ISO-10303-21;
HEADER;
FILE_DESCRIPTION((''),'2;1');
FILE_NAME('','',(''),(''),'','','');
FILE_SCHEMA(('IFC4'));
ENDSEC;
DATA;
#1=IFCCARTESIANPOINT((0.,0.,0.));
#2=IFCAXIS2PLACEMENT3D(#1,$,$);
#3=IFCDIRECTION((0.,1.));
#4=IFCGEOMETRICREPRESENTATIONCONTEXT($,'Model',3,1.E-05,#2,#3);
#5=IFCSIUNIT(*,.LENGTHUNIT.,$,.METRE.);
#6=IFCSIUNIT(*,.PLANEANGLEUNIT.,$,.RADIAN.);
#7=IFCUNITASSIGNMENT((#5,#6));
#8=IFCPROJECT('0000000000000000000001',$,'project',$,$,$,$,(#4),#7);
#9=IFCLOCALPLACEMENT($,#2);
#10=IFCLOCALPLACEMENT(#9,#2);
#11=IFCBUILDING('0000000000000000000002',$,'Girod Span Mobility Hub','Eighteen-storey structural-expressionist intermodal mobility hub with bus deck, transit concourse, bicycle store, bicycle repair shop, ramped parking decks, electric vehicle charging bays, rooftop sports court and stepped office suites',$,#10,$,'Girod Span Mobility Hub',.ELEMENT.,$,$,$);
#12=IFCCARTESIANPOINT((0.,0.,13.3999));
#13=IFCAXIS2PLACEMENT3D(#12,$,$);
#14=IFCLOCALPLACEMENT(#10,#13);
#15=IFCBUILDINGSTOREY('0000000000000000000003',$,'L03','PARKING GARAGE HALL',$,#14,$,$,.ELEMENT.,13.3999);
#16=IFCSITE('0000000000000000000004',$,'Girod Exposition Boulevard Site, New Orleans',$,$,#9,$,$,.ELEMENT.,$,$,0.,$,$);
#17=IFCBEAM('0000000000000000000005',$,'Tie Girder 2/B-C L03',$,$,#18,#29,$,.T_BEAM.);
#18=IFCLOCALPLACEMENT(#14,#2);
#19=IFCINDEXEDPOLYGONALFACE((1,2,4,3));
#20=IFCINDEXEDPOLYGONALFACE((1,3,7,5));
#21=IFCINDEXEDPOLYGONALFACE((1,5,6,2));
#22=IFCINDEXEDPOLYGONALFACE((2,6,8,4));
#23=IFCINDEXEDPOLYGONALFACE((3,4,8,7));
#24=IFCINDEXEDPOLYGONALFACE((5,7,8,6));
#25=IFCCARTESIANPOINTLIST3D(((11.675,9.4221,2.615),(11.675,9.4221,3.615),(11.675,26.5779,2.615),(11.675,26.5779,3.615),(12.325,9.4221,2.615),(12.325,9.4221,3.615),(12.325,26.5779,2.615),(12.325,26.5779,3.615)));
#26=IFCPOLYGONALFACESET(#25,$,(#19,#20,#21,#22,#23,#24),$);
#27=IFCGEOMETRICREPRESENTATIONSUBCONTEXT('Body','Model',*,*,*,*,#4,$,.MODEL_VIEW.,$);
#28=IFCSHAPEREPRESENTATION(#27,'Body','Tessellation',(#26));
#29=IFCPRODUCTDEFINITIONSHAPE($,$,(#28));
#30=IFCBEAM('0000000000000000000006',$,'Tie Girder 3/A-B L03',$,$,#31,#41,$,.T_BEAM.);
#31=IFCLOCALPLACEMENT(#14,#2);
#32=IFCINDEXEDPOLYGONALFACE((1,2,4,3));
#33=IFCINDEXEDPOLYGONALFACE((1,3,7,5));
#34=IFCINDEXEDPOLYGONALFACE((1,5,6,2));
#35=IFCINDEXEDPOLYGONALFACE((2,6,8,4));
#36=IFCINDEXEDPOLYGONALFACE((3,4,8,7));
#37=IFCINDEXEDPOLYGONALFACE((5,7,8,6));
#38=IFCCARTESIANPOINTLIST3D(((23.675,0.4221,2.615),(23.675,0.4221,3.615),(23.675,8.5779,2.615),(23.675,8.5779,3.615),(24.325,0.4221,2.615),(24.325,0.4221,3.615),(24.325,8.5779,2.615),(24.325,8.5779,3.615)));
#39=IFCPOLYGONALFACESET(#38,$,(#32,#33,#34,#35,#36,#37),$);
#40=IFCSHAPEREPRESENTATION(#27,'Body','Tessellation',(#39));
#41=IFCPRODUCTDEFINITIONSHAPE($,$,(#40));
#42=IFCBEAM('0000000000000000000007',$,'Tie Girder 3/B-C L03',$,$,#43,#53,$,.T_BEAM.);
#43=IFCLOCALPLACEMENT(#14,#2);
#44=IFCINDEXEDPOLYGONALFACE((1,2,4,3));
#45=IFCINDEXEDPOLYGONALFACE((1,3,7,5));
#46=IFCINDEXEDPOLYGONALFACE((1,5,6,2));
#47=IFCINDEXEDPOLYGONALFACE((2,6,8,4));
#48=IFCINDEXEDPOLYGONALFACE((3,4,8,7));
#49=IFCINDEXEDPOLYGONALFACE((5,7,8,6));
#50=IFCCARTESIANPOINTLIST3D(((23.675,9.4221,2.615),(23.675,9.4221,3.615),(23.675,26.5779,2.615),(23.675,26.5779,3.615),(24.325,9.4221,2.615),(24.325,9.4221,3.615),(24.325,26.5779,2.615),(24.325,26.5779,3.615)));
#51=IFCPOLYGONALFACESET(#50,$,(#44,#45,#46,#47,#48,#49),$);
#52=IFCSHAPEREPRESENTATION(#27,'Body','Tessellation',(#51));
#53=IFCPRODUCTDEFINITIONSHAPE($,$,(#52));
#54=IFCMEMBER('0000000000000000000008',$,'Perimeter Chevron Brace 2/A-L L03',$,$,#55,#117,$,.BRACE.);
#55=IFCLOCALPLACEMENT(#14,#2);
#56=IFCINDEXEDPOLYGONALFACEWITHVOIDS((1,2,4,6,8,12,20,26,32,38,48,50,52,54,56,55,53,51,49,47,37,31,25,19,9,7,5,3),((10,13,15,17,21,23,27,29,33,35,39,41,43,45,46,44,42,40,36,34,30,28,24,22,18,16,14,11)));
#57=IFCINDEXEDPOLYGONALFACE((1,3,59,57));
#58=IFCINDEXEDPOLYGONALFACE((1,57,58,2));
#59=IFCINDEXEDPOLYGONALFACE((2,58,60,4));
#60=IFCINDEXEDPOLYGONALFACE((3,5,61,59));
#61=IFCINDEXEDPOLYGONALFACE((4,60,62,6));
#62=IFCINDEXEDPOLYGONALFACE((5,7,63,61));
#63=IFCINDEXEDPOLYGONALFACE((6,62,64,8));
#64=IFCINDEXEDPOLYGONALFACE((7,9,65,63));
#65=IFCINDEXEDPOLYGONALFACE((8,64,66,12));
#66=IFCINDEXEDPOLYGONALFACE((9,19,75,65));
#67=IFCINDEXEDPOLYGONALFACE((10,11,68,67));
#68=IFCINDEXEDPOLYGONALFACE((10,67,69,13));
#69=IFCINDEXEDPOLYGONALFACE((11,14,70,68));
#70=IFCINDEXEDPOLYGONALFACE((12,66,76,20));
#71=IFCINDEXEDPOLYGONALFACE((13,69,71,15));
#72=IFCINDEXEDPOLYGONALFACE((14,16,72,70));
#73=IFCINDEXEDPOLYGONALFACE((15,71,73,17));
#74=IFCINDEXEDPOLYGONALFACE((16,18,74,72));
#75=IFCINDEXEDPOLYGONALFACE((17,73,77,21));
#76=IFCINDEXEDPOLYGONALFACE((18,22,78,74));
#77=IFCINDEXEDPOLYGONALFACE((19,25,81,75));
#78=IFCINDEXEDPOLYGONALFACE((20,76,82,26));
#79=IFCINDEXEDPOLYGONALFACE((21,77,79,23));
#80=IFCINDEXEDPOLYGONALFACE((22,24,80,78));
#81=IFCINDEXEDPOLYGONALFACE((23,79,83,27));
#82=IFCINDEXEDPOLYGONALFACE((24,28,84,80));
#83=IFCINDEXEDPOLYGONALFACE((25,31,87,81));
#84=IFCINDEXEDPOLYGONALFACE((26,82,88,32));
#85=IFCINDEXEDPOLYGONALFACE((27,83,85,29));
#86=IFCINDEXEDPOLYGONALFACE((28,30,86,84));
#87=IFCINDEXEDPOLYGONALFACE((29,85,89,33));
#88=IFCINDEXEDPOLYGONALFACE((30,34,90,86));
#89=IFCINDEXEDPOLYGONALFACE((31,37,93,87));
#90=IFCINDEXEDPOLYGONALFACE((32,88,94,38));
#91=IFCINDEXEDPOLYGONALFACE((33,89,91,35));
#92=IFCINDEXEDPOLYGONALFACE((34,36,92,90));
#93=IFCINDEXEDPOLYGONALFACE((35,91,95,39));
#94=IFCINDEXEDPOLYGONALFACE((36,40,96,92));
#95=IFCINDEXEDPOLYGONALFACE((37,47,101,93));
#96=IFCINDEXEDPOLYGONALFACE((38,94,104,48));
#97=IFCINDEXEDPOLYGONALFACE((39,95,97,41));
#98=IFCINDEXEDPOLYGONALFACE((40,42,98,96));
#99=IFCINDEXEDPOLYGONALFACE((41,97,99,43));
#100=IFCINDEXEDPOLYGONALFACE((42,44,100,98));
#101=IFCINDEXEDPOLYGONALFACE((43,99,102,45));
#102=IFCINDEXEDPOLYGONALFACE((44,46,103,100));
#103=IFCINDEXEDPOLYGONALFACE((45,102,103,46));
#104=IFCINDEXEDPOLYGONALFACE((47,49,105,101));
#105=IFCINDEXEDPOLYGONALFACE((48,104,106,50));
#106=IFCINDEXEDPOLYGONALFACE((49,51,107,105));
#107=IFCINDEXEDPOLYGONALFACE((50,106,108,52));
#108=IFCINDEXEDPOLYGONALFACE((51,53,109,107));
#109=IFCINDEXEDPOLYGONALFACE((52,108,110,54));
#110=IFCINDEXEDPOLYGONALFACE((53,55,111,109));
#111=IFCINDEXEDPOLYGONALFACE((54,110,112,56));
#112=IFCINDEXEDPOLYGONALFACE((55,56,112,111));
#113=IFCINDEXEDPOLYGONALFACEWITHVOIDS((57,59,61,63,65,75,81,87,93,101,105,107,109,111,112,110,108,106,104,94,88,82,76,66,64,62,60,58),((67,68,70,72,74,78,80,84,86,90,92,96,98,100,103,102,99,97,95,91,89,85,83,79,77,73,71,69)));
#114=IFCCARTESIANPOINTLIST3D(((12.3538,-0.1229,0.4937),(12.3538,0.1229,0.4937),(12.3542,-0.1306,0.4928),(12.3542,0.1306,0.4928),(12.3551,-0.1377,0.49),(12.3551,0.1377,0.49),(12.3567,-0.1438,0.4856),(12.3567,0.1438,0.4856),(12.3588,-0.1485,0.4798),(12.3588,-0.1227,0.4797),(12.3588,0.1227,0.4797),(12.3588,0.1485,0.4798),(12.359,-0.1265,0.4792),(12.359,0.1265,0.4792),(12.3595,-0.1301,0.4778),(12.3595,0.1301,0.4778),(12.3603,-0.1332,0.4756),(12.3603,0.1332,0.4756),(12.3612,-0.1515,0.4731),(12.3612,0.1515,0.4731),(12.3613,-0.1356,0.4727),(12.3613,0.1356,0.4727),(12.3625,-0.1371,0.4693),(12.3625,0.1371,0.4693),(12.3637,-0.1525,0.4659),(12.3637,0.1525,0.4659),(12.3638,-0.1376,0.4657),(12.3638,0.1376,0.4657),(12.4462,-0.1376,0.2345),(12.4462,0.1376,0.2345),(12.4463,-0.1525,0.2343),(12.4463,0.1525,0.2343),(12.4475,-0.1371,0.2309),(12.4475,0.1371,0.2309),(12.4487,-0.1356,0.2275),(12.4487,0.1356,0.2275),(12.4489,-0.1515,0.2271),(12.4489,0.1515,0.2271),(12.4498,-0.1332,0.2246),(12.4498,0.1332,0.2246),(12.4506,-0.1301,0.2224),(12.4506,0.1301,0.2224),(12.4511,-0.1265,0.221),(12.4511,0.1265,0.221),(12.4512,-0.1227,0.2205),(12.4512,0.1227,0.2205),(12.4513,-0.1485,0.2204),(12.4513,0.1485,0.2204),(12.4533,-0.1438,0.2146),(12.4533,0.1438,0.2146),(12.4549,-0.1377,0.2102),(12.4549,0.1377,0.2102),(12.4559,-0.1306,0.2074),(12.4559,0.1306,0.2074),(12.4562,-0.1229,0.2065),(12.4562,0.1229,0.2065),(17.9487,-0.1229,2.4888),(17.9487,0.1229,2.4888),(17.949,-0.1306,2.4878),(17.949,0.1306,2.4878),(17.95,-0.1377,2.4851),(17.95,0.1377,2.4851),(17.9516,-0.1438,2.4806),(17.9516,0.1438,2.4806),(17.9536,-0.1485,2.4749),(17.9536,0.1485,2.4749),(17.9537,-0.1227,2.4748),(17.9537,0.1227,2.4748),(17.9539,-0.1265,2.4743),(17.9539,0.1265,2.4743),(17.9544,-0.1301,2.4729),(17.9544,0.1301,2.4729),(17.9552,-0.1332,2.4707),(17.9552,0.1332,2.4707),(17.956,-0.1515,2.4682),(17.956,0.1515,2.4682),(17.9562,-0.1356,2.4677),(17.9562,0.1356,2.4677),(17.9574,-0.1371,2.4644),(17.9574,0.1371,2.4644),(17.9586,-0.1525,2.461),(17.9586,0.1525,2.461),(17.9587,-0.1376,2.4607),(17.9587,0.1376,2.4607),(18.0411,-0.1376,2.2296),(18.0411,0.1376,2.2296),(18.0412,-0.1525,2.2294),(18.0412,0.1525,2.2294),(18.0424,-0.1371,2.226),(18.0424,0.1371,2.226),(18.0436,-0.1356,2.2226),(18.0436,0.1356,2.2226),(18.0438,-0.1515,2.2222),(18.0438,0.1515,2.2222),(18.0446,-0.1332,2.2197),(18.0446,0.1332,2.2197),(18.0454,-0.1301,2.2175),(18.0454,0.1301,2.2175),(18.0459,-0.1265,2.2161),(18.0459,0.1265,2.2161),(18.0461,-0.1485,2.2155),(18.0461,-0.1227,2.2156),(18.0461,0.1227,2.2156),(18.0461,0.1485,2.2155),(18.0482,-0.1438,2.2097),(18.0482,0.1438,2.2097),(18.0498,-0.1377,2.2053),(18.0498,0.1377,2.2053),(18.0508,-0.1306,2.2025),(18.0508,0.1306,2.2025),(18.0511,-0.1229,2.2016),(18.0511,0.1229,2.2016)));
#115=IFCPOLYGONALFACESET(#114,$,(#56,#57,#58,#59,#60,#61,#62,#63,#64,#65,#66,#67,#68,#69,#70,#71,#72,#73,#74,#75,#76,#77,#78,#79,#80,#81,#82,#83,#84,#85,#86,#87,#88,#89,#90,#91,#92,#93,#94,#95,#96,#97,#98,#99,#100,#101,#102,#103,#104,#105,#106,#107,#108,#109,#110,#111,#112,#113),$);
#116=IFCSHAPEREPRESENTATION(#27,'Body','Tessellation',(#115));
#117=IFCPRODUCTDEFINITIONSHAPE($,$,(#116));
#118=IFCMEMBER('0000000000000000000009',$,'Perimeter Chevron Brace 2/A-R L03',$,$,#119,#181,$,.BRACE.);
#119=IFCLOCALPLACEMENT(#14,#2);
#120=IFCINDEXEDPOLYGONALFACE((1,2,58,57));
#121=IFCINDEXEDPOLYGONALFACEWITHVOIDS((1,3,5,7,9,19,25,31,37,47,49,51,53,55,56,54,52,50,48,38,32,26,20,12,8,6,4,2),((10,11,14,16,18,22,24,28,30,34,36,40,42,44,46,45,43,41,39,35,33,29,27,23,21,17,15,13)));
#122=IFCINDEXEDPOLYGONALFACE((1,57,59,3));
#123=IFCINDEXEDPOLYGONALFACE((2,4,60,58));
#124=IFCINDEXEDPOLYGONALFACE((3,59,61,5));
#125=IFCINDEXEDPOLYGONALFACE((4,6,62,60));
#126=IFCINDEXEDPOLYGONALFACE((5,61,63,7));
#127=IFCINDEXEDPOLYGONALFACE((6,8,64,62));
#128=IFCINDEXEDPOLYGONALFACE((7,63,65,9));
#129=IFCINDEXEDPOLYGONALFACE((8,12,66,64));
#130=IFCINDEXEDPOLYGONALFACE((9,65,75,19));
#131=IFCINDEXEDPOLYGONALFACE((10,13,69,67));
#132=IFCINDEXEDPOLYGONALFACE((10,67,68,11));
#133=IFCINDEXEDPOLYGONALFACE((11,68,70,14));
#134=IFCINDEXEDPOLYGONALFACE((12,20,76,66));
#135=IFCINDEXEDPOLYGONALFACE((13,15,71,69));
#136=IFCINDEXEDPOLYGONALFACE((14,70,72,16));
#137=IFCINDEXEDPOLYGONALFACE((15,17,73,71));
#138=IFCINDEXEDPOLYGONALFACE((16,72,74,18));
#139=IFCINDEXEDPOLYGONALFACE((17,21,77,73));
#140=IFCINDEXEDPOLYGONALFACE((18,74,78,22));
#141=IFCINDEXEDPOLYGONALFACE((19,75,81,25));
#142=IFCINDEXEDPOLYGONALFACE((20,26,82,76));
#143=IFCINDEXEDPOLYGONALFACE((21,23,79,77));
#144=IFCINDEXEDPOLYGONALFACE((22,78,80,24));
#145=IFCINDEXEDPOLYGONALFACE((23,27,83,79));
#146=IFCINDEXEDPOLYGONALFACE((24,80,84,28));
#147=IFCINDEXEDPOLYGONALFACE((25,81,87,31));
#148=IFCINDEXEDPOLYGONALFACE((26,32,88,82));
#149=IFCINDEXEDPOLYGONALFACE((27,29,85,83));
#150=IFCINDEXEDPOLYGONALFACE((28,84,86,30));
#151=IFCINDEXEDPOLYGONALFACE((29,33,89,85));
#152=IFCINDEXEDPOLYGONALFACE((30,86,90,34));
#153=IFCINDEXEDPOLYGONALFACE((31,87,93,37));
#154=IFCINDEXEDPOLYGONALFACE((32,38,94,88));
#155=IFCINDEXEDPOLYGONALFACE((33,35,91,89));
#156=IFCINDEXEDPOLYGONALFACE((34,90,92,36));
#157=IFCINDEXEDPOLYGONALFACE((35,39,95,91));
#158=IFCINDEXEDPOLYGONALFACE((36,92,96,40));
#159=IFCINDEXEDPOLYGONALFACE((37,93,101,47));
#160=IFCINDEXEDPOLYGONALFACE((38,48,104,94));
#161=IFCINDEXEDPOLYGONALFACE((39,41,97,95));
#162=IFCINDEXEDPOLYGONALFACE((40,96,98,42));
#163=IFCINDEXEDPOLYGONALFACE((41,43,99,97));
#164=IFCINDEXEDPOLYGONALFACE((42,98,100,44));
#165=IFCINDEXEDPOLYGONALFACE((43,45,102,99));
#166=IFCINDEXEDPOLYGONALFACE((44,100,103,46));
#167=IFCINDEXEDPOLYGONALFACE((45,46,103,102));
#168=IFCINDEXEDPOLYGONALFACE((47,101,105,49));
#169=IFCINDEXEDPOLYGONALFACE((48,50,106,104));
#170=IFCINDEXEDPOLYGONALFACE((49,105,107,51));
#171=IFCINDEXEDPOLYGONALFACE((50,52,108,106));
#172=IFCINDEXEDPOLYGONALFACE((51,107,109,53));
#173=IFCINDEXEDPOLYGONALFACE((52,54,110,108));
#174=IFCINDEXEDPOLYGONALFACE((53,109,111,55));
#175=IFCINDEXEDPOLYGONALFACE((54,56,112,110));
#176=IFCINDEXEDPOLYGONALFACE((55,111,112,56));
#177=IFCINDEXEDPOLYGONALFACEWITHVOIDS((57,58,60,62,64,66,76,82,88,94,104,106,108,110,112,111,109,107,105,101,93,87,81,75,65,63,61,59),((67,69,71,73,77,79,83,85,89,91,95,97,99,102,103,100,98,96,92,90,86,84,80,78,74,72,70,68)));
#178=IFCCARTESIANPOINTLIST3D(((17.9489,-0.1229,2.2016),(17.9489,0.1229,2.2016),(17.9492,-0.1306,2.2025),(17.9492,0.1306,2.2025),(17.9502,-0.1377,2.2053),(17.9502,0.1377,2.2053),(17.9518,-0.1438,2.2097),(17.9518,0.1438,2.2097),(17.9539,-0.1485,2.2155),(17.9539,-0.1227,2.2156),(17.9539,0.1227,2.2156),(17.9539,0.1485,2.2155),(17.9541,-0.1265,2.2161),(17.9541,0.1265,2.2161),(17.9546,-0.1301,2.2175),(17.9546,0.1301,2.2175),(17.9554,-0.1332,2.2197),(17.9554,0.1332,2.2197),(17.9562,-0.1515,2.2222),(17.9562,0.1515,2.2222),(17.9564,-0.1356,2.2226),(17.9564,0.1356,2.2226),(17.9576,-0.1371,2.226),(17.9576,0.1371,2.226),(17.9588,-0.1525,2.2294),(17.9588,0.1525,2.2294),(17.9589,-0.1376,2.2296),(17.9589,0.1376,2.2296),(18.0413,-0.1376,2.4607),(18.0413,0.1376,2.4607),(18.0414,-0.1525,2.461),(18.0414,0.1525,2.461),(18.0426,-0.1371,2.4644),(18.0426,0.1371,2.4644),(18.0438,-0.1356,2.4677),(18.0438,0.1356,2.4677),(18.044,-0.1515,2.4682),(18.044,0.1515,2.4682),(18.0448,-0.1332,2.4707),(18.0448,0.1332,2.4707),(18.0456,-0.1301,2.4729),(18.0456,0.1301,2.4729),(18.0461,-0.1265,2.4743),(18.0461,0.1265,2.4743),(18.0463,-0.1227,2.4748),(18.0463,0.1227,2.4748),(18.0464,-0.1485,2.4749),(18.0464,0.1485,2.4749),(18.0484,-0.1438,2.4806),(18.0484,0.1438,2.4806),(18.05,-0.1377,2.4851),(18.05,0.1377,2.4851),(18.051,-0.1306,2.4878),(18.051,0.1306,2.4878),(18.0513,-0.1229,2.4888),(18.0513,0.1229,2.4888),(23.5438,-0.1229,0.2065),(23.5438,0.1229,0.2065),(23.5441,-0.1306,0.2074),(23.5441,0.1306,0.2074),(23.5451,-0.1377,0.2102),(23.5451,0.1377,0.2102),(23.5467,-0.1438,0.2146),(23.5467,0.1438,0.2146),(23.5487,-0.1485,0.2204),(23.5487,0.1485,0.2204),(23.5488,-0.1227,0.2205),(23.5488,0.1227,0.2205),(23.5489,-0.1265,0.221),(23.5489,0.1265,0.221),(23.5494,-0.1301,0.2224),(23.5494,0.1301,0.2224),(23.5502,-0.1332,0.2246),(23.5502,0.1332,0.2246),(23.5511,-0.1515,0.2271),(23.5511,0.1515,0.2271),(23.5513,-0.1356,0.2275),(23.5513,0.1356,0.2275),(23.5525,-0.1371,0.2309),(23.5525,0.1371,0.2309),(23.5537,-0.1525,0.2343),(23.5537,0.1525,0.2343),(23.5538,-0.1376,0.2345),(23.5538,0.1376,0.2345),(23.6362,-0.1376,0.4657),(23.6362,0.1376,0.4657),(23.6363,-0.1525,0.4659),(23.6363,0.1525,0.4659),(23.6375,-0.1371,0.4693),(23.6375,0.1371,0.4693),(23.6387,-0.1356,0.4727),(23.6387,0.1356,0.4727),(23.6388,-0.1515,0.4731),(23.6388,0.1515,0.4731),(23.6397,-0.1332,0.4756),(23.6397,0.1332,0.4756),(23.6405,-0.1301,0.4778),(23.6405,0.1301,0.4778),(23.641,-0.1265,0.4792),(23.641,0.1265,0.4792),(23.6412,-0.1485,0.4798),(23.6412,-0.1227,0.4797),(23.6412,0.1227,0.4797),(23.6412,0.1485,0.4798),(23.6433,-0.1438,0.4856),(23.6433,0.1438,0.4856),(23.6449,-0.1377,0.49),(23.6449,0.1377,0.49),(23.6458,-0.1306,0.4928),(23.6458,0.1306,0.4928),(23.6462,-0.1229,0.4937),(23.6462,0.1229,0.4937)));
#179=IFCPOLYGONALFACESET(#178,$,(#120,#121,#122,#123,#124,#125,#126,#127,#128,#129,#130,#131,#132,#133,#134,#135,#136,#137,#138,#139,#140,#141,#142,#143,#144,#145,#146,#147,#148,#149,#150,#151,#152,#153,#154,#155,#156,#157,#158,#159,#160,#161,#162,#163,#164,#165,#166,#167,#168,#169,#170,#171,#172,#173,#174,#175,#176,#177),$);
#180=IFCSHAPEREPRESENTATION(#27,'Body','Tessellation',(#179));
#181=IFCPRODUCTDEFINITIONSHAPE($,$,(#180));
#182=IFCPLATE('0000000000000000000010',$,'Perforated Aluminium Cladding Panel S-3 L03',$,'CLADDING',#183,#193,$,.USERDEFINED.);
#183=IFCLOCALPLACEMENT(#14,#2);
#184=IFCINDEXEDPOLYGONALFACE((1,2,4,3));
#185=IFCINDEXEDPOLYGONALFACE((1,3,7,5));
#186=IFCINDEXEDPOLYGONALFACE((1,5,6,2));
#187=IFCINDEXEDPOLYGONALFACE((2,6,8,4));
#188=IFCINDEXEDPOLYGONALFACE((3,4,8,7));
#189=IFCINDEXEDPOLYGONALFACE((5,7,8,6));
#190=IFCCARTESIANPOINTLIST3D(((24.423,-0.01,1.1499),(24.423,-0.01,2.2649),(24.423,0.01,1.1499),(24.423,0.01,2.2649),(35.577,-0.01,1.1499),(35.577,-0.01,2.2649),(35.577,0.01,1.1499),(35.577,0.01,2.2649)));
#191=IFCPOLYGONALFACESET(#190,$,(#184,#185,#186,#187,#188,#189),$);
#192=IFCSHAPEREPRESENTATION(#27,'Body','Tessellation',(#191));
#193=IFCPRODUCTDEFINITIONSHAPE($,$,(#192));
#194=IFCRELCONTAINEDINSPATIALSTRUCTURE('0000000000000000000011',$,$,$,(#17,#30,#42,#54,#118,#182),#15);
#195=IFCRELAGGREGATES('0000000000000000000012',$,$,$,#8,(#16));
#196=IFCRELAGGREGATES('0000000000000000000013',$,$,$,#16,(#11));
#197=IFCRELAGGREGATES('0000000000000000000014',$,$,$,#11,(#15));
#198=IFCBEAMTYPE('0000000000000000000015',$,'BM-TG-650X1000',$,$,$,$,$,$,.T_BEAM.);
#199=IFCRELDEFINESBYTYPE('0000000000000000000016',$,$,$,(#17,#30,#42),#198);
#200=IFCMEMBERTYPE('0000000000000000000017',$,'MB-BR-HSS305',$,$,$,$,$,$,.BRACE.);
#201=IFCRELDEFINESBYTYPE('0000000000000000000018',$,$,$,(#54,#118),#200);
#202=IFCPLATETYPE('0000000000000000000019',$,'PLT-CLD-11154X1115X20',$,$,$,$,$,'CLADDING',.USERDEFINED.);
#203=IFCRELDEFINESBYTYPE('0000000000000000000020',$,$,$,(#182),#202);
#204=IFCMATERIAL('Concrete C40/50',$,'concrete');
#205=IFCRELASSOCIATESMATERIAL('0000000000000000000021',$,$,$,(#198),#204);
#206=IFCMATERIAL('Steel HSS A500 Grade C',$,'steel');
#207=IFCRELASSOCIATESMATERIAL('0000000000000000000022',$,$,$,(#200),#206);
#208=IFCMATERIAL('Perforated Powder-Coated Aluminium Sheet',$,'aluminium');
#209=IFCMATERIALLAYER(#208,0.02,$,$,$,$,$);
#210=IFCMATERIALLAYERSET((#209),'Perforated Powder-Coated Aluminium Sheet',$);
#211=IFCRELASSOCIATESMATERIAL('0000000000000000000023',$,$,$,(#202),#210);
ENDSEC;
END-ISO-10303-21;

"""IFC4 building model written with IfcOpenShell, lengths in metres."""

from ifc_helpers import new_model, si_unit, direction, frame, origin, origin_2d, place, context, subcontext, project, spatial, rectangle, hollow_rectangle, extrude, material, layer, layer_set, material_profile, profile_set, type_object, element, save


model = new_model("IFC4")

# Units and contexts
model_context = context("Model", 3, precision=1e-05, world=origin(), true_north=direction((0.0, 1.0)))
body_context = subcontext(model_context, "Body", "Model", "MODEL_VIEW")
ifc_project = project(units=[si_unit("LENGTHUNIT", "METRE"), si_unit("PLANEANGLEUNIT", "RADIAN")], contexts=[model_context])

# Site, building, storey
site_placement = place(None, origin())
site = spatial("IfcSite", under=ifc_project, at=site_placement, Name="Girod Exposition Boulevard Site, New Orleans", CompositionType="ELEMENT", RefElevation=0.0)
building_placement = place(site_placement, origin())
building = spatial("IfcBuilding", under=site, at=building_placement, Name="Girod Span Mobility Hub", Description="Eighteen-storey structural-expressionist intermodal mobility hub with bus deck, transit concourse, bicycle store, bicycle repair shop, ramped parking decks, electric vehicle charging bays, rooftop sports court and stepped office suites", LongName="Girod Span Mobility Hub", CompositionType="ELEMENT")
storey_placement = place(building_placement, frame((0.0, 0.0, 13.3999)))
storey = spatial("IfcBuildingStorey", under=building, at=storey_placement, Name="L03", Description="PARKING GARAGE HALL", CompositionType="ELEMENT", Elevation=13.3999)

# Beams
ifc_material_1 = material(Name="Concrete C40/50", Category="concrete")
ifc_material_profile_1 = material_profile(ifc_material_1, rectangle(XDim=0.6499, YDim=1.0, at=origin_2d()), Name="TG-650X1000")
ifc_profile_set_1 = profile_set([ifc_material_profile_1], Name="Concrete C40/50")
beam_type_1 = type_object("IfcBeamType", Name="BM-TG-650X1000", PredefinedType="T_BEAM", material=ifc_profile_set_1)
beam_1_placement = place(storey_placement, frame((12.0, 9.4221, 3.115), z_axis=(0.0, 1.0, 0.0), x_axis=(-1.0, 0.0, 0.0)))
element("IfcBeam", 1, at=beam_1_placement, inside=storey, type_object=beam_type_1, Name="Tie Girder 2/B-C L03", PredefinedType="T_BEAM", context=body_context, shape_type="SweptSolid", body=[
    extrude(rectangle(XDim=0.6499, YDim=1.0, at=origin_2d()), origin(), (0.0, 0.0, 1.0), 17.1558),
])
beam_2_placement = place(storey_placement, frame((24.0, 0.4221, 3.115), z_axis=(0.0, 1.0, 0.0), x_axis=(-1.0, 0.0, 0.0)))
element("IfcBeam", 2, at=beam_2_placement, inside=storey, type_object=beam_type_1, Name="Tie Girder 3/A-B L03", PredefinedType="T_BEAM", context=body_context, shape_type="SweptSolid", body=[
    extrude(rectangle(XDim=0.6499, YDim=1.0, at=origin_2d()), origin(), (0.0, 0.0, 1.0), 8.1558),
])
beam_3_placement = place(storey_placement, frame((24.0, 9.4221, 3.115), z_axis=(0.0, 1.0, 0.0), x_axis=(-1.0, 0.0, 0.0)))
element("IfcBeam", 3, at=beam_3_placement, inside=storey, type_object=beam_type_1, Name="Tie Girder 3/B-C L03", PredefinedType="T_BEAM", context=body_context, shape_type="SweptSolid", body=[
    extrude(rectangle(XDim=0.6499, YDim=1.0, at=origin_2d()), origin(), (0.0, 0.0, 1.0), 17.1558),
])

# Members
ifc_material_2 = material(Name="Steel HSS A500 Grade C", Category="steel")
ifc_material_profile_2 = material_profile(ifc_material_2, hollow_rectangle(XDim=0.3049, YDim=0.3049, WallThickness=0.0149, InnerFilletRadius=0.0149, OuterFilletRadius=0.0295, at=origin_2d()), Name="HSS305X305X16")
ifc_profile_set_2 = profile_set([ifc_material_profile_2], Name="Steel HSS A500 Grade C")
member_type = type_object("IfcMemberType", Name="MB-BR-HSS305", PredefinedType="BRACE", material=ifc_profile_set_2)
for number, where, z_axis, x_axis, name in (
    (4, (12.405, 0.0, 0.3501), (0.941906, 0.0, 0.335876), (0.0, 1.0, 0.0), "Perimeter Chevron Brace 2/A-L L03"),
    (5, (23.595, 0.0, 0.3501), (-0.941906, 0.0, 0.335876), (0.0, -1.0, 0.0), "Perimeter Chevron Brace 2/A-R L03"),
):
    element("IfcMember", number, at=place(storey_placement, frame(where, z_axis=z_axis, x_axis=x_axis)), inside=storey, type_object=member_type, Name=name, PredefinedType="BRACE", context=body_context, shape_type="SweptSolid", body=[
        extrude(hollow_rectangle(XDim=0.3049, YDim=0.3049, WallThickness=0.0149, InnerFilletRadius=0.0149, OuterFilletRadius=0.0295, at=origin_2d()), origin(), (0.0, 0.0, 1.0), 5.9399),
    ])

# Plate
ifc_material_3 = material(Name="Perforated Powder-Coated Aluminium Sheet", Category="aluminium")
ifc_layer_1 = layer(ifc_material_3, 0.02)
ifc_layer_set_1 = layer_set([ifc_layer_1], Name="Perforated Powder-Coated Aluminium Sheet")
plate_type = type_object("IfcPlateType", Name="PLT-CLD-11154X1115X20", ElementType="CLADDING", PredefinedType="USERDEFINED", material=ifc_layer_set_1)
plate_placement = place(storey_placement, frame((30.0, 0.0, 1.1499), z_axis=(0.0, 0.0, 1.0), x_axis=(1.0, 0.0, 0.0)))
element("IfcPlate", 6, at=plate_placement, inside=storey, type_object=plate_type, Name="Perforated Aluminium Cladding Panel S-3 L03", ObjectType="CLADDING", PredefinedType="USERDEFINED", context=body_context, shape_type="SweptSolid", body=[
    extrude(rectangle(XDim=11.1541, YDim=0.02, at=origin_2d()), origin(), (0.0, 0.0, 1.0), 1.115),
])

save(model, "model.ifc")
